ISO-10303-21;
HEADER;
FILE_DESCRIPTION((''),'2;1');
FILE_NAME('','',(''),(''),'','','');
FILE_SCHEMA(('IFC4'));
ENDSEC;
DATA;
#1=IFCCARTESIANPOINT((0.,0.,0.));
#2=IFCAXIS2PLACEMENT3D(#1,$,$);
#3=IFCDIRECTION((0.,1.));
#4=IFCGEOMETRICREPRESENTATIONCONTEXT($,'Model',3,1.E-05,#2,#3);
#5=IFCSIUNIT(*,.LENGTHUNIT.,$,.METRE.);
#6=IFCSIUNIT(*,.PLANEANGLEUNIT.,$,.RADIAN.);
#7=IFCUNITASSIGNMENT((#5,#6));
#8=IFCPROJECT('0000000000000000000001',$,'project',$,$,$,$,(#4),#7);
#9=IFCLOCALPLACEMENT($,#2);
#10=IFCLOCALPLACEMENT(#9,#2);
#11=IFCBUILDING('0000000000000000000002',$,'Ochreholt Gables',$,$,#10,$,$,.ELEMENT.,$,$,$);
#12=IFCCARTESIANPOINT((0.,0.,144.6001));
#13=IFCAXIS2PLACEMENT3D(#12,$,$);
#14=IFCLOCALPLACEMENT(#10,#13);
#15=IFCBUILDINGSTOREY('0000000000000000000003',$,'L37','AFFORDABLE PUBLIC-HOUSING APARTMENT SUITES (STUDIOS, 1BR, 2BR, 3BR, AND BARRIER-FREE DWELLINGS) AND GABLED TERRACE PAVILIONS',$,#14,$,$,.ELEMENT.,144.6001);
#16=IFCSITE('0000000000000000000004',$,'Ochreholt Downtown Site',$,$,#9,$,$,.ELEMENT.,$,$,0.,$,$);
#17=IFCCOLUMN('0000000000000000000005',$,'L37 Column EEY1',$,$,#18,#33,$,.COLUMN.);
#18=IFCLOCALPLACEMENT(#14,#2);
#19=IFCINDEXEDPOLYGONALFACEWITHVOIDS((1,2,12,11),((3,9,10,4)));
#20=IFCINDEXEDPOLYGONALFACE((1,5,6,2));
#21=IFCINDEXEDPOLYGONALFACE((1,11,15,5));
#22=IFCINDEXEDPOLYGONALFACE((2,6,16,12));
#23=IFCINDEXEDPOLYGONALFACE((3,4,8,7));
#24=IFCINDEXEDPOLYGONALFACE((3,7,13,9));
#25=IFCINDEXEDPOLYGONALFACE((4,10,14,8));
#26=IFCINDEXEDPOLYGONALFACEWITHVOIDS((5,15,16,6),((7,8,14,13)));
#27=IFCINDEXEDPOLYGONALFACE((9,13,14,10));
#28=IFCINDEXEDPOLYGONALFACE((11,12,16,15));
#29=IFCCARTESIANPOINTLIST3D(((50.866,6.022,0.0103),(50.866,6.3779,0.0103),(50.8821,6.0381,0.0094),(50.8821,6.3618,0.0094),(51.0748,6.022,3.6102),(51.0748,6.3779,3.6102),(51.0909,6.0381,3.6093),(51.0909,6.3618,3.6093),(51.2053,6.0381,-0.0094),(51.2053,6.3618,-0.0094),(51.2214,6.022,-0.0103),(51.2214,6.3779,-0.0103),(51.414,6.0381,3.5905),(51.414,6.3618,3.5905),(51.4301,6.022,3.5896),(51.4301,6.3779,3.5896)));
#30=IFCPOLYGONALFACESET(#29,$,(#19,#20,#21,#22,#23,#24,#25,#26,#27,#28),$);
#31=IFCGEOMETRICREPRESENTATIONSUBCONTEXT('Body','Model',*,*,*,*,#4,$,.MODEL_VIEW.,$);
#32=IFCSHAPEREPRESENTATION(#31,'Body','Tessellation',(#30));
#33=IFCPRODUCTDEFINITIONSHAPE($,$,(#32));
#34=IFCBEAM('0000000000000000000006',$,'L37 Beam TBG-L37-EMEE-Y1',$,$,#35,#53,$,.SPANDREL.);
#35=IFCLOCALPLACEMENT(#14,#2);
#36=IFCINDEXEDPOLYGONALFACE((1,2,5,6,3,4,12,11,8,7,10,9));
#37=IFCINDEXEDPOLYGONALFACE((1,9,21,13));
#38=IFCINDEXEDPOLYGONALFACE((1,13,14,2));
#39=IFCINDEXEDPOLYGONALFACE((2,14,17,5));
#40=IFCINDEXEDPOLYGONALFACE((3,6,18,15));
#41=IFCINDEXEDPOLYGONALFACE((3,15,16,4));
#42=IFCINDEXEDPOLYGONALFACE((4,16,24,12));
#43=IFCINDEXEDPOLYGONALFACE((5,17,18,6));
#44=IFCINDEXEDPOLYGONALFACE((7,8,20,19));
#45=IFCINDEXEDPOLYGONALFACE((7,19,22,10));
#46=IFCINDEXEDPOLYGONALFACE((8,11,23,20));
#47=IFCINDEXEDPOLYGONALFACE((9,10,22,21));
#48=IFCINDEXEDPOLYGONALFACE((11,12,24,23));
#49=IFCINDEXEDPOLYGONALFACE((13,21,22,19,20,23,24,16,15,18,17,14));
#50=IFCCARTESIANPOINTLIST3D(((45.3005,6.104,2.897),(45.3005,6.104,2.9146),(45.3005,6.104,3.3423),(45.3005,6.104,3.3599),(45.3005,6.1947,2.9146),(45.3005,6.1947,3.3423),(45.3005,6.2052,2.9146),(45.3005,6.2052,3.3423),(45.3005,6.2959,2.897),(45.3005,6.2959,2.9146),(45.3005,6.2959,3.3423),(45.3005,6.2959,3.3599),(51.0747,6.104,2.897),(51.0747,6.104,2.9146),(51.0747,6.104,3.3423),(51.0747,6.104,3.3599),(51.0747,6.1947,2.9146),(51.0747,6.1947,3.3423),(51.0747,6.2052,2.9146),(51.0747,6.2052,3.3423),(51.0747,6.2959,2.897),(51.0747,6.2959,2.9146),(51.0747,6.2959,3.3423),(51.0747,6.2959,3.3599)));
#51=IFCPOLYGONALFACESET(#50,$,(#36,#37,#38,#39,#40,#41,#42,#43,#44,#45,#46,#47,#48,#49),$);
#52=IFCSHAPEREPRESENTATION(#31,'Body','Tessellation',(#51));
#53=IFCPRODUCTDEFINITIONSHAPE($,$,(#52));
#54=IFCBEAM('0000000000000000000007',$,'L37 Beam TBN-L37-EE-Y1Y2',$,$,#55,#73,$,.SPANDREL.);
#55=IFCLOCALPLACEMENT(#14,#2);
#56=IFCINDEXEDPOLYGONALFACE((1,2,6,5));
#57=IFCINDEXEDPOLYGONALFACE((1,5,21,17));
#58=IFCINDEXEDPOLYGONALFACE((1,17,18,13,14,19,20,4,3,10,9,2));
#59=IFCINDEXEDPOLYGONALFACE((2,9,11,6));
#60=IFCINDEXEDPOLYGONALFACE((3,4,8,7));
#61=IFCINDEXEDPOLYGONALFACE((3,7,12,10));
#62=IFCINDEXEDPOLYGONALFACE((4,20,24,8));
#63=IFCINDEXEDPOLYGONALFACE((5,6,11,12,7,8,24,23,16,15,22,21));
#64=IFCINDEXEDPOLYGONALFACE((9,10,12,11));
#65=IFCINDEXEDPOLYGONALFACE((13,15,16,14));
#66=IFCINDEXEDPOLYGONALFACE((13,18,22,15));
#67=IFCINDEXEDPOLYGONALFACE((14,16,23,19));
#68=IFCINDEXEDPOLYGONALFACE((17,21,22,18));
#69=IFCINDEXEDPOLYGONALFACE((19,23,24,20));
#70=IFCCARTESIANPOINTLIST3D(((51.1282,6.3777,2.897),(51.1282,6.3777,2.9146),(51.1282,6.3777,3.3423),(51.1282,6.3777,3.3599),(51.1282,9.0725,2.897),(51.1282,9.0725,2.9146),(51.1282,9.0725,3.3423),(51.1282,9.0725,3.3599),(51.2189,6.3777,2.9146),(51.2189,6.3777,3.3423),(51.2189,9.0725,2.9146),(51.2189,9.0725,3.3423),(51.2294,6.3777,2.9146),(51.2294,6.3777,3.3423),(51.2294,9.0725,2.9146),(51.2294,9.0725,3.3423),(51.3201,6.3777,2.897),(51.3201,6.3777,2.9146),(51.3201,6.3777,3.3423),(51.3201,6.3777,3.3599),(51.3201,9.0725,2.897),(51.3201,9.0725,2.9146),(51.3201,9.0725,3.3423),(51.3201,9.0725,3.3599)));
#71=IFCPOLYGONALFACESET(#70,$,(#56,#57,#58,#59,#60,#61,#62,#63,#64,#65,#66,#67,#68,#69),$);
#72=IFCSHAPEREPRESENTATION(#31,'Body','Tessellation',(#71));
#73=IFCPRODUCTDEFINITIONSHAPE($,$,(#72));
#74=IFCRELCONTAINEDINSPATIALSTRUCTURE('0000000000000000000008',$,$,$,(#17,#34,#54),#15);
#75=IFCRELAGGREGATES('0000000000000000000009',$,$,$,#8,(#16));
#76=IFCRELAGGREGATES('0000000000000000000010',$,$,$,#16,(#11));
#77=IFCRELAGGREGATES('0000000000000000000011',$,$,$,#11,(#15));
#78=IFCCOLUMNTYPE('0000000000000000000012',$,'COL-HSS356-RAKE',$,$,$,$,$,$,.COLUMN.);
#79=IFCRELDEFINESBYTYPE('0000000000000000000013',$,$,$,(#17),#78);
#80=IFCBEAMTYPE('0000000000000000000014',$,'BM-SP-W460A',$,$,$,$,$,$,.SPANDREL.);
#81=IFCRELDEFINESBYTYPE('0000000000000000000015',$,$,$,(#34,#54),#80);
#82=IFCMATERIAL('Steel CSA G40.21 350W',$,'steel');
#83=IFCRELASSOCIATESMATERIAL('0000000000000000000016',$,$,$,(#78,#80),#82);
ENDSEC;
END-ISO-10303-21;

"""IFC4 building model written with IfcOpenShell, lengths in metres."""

from ifc_helpers import new_model, si_unit, direction, frame, origin, origin_2d, place, context, subcontext, project, spatial, hollow_rectangle, i_section, extrude, material, material_profile, profile_set, type_object, element, save


model = new_model("IFC4")

# Units and contexts
model_context = context("Model", 3, precision=1e-05, world=origin(), true_north=direction((0.0, 1.0)))
body_context = subcontext(model_context, "Body", "Model", "MODEL_VIEW")
ifc_project = project(units=[si_unit("LENGTHUNIT", "METRE"), si_unit("PLANEANGLEUNIT", "RADIAN")], contexts=[model_context])

# Site, building, storey
site_placement = place(None, origin())
site = spatial("IfcSite", under=ifc_project, at=site_placement, Name="Ochreholt Downtown Site", CompositionType="ELEMENT", RefElevation=0.0)
building_placement = place(site_placement, origin())
building = spatial("IfcBuilding", under=site, at=building_placement, Name="Ochreholt Gables", CompositionType="ELEMENT")
storey_placement = place(building_placement, frame((0.0, 0.0, 144.6001)))
storey = spatial("IfcBuildingStorey", under=building, at=storey_placement, Name="L37", Description="AFFORDABLE PUBLIC-HOUSING APARTMENT SUITES (STUDIOS, 1BR, 2BR, 3BR, AND BARRIER-FREE DWELLINGS) AND GABLED TERRACE PAVILIONS", CompositionType="ELEMENT", Elevation=144.6001)

# Column
ifc_material_1 = material(Name="Steel CSA G40.21 350W", Category="steel")
ifc_material_profile_1 = material_profile(ifc_material_1, hollow_rectangle(XDim=0.356, YDim=0.356, WallThickness=0.0161, at=origin_2d()), Name="HSS356X356X16")
ifc_profile_set_1 = profile_set([ifc_material_profile_1], Name="Steel CSA G40.21 350W")
column_type = type_object("IfcColumnType", Name="COL-HSS356-RAKE", PredefinedType="COLUMN", material=ifc_profile_set_1)
column_placement = place(storey_placement, frame((51.0437, 6.2, 0.0), z_axis=(0.057889, 0.0, 0.998323), x_axis=(0.0, 1.0, 0.0)))
element("IfcColumn", 1, at=column_placement, inside=storey, type_object=column_type, Name="L37 Column EEY1", PredefinedType="COLUMN", context=body_context, shape_type="SweptSolid", body=[
    extrude(hollow_rectangle(XDim=0.356, YDim=0.356, WallThickness=0.0161, at=origin_2d()), origin(), (0.0, 0.0, 1.0), 3.606),
])

# Beams
ifc_material_profile_2 = material_profile(ifc_material_1, i_section(OverallWidth=0.1919, OverallDepth=0.4629, WebThickness=0.0105, FlangeThickness=0.0176, at=origin_2d()), Name="W460X89")
ifc_profile_set_2 = profile_set([ifc_material_profile_2], Name="Steel CSA G40.21 350W")
beam_type = type_object("IfcBeamType", Name="BM-SP-W460A", PredefinedType="SPANDREL", material=ifc_profile_set_2)
beam_1_placement = place(storey_placement, frame((45.3005, 6.2, 3.1284), z_axis=(1.0, 0.0, 0.0), x_axis=(0.0, 1.0, 0.0)))
element("IfcBeam", 2, at=beam_1_placement, inside=storey, type_object=beam_type, Name="L37 Beam TBG-L37-EMEE-Y1", PredefinedType="SPANDREL", context=body_context, shape_type="SweptSolid", body=[
    extrude(i_section(OverallWidth=0.1919, OverallDepth=0.4629, WebThickness=0.0105, FlangeThickness=0.0176, at=origin_2d()), origin(), (0.0, 0.0, 1.0), 5.7742),
])
beam_2_placement = place(storey_placement, frame((51.2241, 6.3777, 3.1284), z_axis=(0.0, 1.0, 0.0), x_axis=(-1.0, 0.0, 0.0)))
element("IfcBeam", 3, at=beam_2_placement, inside=storey, type_object=beam_type, Name="L37 Beam TBN-L37-EE-Y1Y2", PredefinedType="SPANDREL", context=body_context, shape_type="SweptSolid", body=[
    extrude(i_section(OverallWidth=0.1919, OverallDepth=0.4629, WebThickness=0.0105, FlangeThickness=0.0176, at=origin_2d()), origin(), (0.0, 0.0, 1.0), 2.6948),
])

save(model, "model.ifc")
